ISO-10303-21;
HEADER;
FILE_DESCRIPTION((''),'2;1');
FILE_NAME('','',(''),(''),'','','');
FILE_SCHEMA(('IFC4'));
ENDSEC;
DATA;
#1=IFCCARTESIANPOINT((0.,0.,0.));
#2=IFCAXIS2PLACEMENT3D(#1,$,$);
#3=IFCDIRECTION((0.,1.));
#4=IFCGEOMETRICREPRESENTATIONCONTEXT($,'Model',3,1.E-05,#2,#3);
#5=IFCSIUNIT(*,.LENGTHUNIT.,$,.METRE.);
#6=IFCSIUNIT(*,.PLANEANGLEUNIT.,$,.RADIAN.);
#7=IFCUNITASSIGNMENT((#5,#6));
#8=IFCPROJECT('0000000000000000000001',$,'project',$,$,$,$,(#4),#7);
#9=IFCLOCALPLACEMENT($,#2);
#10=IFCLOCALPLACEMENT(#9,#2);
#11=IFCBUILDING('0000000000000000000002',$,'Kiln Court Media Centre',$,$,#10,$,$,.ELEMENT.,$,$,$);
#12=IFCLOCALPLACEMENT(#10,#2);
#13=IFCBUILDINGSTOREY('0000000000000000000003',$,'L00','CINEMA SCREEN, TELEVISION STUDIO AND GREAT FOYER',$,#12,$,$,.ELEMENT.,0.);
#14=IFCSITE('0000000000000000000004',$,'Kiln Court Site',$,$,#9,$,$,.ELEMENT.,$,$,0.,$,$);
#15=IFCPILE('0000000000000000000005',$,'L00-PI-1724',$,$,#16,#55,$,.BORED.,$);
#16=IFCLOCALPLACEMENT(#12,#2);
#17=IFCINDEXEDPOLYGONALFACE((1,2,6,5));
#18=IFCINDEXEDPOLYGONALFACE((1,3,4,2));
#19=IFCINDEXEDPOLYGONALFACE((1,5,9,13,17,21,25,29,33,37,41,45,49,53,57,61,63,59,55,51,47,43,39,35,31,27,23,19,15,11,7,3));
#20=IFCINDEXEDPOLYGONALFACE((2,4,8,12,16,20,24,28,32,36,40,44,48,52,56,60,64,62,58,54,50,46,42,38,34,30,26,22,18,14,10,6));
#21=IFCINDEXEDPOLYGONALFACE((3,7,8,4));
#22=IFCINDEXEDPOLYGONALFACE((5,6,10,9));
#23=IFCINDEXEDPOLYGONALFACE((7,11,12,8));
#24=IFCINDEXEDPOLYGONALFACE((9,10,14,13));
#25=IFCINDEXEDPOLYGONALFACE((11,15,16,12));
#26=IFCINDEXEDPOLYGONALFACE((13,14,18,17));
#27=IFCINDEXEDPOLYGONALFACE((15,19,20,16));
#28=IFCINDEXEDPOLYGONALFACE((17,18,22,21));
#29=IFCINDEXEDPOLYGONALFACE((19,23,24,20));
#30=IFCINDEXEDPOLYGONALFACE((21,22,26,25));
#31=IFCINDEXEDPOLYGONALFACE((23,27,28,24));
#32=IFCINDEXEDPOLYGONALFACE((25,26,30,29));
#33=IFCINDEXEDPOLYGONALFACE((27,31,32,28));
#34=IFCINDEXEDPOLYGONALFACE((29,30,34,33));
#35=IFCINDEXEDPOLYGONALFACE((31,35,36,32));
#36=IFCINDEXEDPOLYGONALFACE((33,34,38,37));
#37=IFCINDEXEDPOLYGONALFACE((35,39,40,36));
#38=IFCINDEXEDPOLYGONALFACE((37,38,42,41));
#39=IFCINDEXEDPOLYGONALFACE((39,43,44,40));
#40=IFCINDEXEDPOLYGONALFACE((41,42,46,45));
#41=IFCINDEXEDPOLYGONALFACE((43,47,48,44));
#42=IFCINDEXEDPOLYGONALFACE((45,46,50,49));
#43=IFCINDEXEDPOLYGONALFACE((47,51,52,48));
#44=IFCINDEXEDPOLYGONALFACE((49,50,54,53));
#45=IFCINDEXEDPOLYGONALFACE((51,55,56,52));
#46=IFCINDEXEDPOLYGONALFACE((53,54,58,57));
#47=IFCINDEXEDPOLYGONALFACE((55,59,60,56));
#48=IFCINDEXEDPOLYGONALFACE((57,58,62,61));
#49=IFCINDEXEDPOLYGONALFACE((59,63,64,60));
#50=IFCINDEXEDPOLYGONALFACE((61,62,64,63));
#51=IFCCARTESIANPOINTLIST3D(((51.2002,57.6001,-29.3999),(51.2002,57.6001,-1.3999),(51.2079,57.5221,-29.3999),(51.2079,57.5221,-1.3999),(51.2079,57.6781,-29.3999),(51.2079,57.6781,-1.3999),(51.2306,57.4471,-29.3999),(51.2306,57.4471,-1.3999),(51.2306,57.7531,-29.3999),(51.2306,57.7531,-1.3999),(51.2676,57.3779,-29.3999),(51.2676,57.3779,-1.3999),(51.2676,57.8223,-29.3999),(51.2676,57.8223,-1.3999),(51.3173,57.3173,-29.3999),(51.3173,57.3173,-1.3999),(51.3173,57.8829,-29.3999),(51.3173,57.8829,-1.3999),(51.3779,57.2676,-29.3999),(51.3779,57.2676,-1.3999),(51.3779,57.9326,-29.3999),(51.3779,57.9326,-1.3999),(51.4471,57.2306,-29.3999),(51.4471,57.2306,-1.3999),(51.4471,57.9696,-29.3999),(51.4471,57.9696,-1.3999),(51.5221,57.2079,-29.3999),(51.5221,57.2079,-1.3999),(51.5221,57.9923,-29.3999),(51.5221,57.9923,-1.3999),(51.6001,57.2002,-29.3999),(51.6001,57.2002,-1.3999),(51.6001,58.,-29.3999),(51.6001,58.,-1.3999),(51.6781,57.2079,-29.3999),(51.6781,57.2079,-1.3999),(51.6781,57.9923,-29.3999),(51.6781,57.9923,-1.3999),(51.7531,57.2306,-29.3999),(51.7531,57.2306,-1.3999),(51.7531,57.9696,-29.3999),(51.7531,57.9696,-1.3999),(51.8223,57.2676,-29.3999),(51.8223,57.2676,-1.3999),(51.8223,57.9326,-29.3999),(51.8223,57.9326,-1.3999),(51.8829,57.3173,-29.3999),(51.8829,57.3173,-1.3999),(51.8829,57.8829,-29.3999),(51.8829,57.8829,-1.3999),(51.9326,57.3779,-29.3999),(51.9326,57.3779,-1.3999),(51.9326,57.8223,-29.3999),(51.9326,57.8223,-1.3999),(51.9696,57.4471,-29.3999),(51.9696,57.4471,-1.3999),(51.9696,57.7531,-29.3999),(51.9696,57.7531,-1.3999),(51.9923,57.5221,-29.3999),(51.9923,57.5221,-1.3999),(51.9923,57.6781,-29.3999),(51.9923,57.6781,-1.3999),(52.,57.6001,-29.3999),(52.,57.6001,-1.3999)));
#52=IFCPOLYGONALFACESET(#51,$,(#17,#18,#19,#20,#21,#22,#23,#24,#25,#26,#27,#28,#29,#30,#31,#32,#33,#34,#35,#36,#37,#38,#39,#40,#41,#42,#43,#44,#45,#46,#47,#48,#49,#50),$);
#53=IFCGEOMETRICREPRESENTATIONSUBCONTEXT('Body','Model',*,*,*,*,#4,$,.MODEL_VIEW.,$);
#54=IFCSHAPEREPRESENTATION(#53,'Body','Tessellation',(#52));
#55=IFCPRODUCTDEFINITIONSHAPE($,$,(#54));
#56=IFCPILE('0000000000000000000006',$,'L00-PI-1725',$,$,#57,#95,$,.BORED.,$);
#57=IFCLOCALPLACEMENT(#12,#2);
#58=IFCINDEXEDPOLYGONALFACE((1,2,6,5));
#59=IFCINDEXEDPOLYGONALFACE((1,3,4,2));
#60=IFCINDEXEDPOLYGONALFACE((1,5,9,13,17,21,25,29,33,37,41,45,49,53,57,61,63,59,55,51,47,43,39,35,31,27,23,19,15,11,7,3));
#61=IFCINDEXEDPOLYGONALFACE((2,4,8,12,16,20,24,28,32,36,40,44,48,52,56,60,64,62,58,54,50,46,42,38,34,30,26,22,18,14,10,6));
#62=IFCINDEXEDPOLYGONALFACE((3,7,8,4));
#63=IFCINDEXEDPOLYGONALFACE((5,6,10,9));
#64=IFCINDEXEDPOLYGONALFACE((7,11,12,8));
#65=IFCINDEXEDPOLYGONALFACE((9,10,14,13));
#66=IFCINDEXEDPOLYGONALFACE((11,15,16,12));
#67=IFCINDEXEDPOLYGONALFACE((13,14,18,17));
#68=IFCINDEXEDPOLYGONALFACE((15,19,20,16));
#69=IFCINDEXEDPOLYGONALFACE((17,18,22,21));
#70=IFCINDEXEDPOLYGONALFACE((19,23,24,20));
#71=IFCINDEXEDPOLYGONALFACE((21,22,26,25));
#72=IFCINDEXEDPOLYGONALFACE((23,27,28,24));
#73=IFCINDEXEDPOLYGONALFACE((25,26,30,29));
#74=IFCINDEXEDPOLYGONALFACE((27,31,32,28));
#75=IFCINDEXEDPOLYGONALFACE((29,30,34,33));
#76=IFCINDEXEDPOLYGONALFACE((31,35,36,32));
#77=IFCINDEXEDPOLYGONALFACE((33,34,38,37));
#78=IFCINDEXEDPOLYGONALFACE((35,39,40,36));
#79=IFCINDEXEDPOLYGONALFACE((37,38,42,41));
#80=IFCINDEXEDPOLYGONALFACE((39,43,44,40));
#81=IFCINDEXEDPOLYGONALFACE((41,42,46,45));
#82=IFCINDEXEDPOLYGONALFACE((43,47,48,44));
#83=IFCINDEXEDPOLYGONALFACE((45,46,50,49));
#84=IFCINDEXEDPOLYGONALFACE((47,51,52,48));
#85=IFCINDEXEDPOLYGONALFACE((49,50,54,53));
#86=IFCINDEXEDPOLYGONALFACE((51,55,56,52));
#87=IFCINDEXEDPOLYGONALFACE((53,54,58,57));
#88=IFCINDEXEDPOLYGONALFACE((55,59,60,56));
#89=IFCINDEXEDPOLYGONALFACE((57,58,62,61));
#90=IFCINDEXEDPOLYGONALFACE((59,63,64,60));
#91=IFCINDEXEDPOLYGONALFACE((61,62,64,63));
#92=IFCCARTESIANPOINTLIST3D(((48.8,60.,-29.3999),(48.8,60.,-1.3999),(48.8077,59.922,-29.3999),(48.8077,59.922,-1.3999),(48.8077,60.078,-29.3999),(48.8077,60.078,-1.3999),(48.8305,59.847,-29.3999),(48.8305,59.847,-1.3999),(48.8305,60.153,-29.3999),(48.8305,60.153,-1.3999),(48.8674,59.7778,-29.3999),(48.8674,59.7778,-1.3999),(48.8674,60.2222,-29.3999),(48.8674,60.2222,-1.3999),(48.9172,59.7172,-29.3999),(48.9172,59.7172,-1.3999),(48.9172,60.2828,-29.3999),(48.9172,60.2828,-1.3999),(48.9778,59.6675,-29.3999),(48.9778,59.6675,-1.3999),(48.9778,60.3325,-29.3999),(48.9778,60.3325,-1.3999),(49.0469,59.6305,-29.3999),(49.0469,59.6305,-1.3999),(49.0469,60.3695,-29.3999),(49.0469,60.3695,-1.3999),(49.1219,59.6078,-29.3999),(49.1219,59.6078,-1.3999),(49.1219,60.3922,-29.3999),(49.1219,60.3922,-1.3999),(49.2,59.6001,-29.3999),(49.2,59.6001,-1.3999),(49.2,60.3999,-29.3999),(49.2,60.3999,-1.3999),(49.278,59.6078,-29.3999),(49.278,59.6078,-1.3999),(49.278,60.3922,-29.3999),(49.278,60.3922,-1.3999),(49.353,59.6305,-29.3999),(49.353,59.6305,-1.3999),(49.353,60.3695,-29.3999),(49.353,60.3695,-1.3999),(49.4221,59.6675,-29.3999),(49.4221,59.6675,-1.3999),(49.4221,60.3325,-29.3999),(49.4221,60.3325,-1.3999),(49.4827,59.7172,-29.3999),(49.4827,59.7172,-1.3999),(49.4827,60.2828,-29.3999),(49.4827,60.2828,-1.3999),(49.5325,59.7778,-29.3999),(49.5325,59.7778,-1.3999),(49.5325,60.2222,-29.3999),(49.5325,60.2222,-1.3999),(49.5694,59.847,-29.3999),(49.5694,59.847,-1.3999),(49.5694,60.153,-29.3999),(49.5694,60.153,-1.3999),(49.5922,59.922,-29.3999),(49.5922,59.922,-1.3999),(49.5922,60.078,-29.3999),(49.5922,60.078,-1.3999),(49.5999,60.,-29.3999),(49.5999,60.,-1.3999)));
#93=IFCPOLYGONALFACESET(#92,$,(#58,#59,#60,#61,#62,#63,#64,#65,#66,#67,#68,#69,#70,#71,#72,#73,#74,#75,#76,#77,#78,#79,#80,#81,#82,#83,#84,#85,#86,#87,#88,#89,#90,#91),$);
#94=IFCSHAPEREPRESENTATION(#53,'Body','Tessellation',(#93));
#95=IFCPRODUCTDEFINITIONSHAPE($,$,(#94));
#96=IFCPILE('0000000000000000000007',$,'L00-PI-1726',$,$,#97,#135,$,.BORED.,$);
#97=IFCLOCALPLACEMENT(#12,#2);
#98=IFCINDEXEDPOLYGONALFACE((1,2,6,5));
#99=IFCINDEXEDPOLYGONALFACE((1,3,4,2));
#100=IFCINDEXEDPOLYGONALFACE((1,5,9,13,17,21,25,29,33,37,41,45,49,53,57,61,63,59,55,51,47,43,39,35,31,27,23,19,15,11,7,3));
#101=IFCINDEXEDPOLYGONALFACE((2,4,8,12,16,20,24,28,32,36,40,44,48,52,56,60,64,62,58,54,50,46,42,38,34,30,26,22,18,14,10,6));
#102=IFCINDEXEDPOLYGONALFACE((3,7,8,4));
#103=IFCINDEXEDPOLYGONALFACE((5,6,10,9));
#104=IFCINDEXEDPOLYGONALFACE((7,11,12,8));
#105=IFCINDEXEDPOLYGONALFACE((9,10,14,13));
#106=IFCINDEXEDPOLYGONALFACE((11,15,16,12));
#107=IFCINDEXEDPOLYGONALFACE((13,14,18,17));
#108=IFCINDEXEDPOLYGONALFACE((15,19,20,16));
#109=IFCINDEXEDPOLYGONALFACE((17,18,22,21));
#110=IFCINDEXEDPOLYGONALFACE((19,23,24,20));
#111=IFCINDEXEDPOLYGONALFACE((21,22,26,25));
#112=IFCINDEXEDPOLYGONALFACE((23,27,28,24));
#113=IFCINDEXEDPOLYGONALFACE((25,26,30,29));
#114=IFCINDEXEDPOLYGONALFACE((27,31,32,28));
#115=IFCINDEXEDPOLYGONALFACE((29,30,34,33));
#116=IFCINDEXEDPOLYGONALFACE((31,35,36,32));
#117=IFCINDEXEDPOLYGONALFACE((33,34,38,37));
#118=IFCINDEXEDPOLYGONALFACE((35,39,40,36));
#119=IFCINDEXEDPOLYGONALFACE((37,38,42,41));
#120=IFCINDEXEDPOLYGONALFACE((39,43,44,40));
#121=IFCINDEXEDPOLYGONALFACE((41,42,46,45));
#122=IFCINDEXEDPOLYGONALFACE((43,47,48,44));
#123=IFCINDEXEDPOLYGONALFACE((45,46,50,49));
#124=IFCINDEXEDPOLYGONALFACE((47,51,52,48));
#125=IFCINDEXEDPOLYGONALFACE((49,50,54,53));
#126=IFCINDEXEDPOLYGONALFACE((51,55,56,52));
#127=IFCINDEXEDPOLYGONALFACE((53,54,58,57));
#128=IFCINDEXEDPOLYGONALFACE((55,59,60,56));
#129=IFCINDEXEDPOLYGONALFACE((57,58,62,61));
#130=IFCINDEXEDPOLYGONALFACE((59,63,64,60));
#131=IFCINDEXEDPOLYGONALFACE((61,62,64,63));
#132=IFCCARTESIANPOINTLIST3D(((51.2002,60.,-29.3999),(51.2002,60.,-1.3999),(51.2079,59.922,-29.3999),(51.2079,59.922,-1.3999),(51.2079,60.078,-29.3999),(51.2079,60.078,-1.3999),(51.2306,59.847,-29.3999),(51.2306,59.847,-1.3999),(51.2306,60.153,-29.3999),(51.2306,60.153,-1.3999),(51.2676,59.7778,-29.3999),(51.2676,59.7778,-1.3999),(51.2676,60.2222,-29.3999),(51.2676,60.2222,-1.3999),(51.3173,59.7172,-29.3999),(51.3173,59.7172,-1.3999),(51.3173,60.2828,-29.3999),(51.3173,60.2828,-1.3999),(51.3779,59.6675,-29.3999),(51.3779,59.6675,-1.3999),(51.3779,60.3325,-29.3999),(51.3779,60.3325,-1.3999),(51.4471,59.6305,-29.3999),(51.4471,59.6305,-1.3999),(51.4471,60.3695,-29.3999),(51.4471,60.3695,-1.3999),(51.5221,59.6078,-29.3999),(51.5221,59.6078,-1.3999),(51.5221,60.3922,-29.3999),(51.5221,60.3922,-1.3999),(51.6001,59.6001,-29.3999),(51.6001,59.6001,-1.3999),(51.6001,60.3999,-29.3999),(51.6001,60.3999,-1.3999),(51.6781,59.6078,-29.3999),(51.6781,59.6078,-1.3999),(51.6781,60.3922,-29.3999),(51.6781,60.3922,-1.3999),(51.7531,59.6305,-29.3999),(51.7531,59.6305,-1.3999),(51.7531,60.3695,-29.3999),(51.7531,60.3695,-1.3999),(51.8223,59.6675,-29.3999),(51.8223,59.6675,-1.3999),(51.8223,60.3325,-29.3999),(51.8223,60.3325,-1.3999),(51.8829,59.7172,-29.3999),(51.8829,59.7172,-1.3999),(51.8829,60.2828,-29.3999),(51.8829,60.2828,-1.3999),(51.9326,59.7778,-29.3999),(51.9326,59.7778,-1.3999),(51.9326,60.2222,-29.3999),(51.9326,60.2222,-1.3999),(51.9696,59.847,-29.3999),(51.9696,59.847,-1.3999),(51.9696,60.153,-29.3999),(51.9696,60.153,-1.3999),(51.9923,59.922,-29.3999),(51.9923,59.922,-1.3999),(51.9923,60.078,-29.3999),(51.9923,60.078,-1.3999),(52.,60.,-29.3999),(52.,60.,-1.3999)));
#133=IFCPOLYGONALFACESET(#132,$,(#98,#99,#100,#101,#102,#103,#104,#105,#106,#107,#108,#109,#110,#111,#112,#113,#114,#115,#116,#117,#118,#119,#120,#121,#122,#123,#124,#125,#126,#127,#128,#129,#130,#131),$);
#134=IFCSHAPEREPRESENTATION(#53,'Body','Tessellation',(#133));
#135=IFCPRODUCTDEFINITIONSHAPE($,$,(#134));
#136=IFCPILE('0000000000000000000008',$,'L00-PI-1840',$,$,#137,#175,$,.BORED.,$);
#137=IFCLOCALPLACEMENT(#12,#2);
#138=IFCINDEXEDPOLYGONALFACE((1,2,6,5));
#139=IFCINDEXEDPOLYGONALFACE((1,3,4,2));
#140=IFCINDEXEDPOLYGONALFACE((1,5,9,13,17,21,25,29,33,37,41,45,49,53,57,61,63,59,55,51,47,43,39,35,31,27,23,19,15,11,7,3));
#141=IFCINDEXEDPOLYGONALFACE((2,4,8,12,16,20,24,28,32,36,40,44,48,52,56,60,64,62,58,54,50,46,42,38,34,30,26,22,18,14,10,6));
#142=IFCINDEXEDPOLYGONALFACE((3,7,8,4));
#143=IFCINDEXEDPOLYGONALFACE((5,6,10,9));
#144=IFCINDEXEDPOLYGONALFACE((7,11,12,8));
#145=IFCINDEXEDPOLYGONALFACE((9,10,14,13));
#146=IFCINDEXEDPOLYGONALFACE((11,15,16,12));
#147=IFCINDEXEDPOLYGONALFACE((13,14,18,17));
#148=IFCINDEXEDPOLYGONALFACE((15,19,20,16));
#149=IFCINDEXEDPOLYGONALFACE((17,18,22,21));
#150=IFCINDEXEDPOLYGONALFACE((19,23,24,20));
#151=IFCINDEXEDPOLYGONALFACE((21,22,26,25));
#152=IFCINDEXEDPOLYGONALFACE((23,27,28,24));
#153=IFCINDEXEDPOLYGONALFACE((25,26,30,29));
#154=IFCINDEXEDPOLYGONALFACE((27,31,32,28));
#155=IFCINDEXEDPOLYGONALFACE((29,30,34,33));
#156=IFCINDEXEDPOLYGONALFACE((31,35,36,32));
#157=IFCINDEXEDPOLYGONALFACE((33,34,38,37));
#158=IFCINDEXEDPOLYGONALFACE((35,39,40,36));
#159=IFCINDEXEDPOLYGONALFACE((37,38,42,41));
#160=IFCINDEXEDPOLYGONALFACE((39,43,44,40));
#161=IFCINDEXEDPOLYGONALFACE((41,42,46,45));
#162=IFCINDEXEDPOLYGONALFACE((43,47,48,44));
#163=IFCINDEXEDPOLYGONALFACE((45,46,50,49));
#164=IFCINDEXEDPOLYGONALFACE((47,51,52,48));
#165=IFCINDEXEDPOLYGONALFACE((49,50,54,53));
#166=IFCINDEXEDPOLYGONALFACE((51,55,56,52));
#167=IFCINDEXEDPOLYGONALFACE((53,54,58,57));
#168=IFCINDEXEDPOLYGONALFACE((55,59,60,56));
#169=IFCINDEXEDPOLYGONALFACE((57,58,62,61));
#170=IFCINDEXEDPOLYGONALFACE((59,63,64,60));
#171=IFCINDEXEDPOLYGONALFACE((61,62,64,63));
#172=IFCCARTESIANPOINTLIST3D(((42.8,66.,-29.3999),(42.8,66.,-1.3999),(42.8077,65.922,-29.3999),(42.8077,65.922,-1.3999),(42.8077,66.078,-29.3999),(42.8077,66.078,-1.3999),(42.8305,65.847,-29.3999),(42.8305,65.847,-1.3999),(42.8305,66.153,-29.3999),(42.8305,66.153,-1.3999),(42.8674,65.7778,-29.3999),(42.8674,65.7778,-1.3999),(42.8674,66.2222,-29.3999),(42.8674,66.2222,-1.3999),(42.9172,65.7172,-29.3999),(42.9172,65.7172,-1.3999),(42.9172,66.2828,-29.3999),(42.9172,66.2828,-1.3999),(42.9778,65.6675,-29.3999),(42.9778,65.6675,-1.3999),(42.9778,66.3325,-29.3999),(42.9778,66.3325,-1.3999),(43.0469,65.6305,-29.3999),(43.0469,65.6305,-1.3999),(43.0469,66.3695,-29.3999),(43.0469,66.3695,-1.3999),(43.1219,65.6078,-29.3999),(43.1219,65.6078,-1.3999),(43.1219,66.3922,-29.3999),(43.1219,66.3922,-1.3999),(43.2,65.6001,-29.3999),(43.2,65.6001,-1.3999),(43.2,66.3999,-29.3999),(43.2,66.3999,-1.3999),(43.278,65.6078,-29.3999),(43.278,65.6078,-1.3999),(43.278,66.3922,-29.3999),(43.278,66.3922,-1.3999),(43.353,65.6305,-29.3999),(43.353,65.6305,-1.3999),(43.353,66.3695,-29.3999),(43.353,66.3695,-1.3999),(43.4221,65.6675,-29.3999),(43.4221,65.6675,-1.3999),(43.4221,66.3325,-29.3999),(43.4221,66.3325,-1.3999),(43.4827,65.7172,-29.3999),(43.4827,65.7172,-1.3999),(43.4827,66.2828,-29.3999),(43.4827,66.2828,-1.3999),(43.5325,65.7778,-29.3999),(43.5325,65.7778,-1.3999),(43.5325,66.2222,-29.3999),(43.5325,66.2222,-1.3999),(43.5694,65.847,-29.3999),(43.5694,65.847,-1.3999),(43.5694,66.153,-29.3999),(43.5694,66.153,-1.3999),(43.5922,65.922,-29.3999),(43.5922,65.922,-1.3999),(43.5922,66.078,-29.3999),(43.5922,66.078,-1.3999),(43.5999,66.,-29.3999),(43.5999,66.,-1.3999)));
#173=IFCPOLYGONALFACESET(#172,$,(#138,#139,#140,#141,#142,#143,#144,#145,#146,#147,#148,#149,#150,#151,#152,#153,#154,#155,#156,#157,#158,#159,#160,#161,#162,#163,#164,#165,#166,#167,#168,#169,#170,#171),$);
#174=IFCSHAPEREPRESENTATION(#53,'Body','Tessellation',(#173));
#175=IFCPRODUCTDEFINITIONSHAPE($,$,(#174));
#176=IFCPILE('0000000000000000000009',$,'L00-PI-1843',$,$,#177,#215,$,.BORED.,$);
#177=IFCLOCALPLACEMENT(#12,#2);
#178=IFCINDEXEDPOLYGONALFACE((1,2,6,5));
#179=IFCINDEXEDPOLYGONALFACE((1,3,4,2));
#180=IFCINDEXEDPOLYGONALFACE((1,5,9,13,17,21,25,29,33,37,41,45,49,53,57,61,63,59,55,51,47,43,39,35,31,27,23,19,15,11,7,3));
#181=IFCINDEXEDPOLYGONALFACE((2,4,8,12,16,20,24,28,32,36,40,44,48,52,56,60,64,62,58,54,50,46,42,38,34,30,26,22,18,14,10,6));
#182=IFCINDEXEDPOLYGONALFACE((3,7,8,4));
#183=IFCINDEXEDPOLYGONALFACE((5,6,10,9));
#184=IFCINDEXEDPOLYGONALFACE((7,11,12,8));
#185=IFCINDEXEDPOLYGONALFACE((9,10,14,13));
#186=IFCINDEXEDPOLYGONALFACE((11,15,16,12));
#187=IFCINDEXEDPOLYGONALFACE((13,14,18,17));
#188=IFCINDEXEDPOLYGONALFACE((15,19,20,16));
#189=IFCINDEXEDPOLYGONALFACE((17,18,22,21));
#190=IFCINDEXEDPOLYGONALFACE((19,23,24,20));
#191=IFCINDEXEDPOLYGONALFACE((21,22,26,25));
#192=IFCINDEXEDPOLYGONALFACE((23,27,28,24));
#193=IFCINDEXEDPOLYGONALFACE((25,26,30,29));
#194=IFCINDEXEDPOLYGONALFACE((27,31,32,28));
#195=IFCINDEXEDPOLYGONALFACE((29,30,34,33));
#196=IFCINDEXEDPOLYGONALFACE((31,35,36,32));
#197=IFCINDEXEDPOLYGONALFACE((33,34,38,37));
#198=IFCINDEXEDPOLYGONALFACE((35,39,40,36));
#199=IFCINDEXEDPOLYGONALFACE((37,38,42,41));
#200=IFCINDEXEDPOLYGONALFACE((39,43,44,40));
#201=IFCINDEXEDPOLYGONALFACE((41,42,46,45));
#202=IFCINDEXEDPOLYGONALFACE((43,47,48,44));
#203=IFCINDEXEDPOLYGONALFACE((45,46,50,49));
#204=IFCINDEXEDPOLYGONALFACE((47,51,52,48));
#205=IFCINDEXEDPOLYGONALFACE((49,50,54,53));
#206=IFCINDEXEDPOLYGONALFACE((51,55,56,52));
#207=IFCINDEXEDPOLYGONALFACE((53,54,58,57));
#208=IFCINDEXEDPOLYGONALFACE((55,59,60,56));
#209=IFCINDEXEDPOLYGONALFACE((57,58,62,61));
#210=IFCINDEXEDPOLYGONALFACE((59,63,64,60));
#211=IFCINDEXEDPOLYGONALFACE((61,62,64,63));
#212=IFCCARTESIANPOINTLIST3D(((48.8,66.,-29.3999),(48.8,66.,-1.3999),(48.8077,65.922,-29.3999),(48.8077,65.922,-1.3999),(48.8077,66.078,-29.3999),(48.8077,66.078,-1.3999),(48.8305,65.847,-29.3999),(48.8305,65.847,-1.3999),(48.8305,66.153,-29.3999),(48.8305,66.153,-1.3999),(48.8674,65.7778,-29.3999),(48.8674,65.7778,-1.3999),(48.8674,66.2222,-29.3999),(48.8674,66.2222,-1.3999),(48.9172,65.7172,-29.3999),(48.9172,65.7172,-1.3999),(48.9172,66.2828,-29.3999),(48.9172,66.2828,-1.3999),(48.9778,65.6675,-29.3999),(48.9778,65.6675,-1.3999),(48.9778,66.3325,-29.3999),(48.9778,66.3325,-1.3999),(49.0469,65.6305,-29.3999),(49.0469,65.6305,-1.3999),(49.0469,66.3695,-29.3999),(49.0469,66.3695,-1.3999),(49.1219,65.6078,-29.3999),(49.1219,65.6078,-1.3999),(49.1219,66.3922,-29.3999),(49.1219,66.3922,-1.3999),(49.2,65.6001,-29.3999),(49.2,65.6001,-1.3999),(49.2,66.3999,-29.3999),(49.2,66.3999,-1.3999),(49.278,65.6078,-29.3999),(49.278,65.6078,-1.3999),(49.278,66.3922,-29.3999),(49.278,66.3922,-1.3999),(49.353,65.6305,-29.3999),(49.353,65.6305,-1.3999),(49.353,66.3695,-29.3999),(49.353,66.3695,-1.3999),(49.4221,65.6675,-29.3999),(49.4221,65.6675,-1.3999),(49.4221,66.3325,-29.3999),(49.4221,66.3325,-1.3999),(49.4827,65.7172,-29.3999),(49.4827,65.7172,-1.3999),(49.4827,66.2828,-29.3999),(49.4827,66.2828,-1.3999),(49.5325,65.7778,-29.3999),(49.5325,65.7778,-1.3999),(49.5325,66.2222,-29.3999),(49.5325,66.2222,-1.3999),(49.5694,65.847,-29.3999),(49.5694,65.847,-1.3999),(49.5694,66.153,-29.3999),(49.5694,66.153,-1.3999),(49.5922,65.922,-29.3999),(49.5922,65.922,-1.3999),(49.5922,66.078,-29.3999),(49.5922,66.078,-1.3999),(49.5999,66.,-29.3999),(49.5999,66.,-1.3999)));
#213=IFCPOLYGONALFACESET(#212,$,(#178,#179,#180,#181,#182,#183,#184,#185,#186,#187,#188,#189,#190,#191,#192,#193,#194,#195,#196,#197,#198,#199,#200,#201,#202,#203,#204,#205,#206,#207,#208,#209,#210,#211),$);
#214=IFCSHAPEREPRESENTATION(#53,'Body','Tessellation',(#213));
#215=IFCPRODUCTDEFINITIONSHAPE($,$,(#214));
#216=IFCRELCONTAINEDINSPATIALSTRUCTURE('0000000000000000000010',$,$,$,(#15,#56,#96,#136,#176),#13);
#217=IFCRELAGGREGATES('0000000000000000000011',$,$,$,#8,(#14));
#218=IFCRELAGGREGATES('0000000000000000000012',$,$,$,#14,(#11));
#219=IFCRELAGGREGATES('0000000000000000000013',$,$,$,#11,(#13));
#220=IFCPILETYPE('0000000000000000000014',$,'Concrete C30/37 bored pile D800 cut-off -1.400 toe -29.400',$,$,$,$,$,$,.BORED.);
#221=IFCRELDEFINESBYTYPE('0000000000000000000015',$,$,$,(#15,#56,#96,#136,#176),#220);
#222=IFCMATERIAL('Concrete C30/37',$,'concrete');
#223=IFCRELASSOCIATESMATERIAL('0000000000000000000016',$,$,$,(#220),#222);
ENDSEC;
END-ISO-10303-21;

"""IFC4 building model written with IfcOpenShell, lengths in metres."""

from ifc_helpers import new_model, si_unit, direction, frame, origin, origin_2d, place, context, subcontext, project, spatial, circle, extrude, material, material_profile, profile_set, type_object, element, save


model = new_model("IFC4")

# Units and contexts
model_context = context("Model", 3, precision=1e-05, world=origin(), true_north=direction((0.0, 1.0)))
body_context = subcontext(model_context, "Body", "Model", "MODEL_VIEW")
ifc_project = project(units=[si_unit("LENGTHUNIT", "METRE"), si_unit("PLANEANGLEUNIT", "RADIAN")], contexts=[model_context])

# Site, building, storey
site_placement = place(None, origin())
site = spatial("IfcSite", under=ifc_project, at=site_placement, Name="Kiln Court Site", CompositionType="ELEMENT", RefElevation=0.0)
building_placement = place(site_placement, origin())
building = spatial("IfcBuilding", under=site, at=building_placement, Name="Kiln Court Media Centre", CompositionType="ELEMENT")
storey_placement = place(building_placement, origin())
storey = spatial("IfcBuildingStorey", under=building, at=storey_placement, Name="L00", Description="CINEMA SCREEN, TELEVISION STUDIO AND GREAT FOYER", CompositionType="ELEMENT", Elevation=0.0)

# Piles
ifc_material_1 = material(Name="Concrete C30/37", Category="concrete")
ifc_material_profile_1 = material_profile(ifc_material_1, circle(Radius=0.3999, at=origin_2d()), Name="PILE D800")
ifc_profile_set_1 = profile_set([ifc_material_profile_1], Name="Concrete C30/37")
pile_type_1 = type_object("IfcPileType", Name="Concrete C30/37 bored pile D800 cut-off -1.400 toe -29.400", PredefinedType="BORED", material=ifc_profile_set_1)
for number, where, z_axis, x_axis, name in (
    (1, (51.6001, 57.6001, -1.3999), (0.0, 0.0, -1.0), (1.0, 0.0, 0.0), "L00-PI-1724"),
    (2, (49.2, 60.0, -1.3999), (0.0, 0.0, -1.0), (1.0, 0.0, 0.0), "L00-PI-1725"),
    (3, (51.6001, 60.0, -1.3999), (0.0, 0.0, -1.0), (1.0, 0.0, 0.0), "L00-PI-1726"),
    (4, (43.2, 66.0, -1.3999), (0.0, 0.0, -1.0), (1.0, 0.0, 0.0), "L00-PI-1840"),
    (5, (49.2, 66.0, -1.3999), (0.0, 0.0, -1.0), (1.0, 0.0, 0.0), "L00-PI-1843"),
):
    element("IfcPile", number, at=place(storey_placement, frame(where, z_axis=z_axis, x_axis=x_axis)), inside=storey, type_object=pile_type_1, Name=name, PredefinedType="BORED", context=body_context, shape_type="SweptSolid", body=[
        extrude(circle(Radius=0.3999, at=origin_2d()), origin(), (0.0, 0.0, 1.0), 28.0),
    ])

save(model, "model.ifc")
